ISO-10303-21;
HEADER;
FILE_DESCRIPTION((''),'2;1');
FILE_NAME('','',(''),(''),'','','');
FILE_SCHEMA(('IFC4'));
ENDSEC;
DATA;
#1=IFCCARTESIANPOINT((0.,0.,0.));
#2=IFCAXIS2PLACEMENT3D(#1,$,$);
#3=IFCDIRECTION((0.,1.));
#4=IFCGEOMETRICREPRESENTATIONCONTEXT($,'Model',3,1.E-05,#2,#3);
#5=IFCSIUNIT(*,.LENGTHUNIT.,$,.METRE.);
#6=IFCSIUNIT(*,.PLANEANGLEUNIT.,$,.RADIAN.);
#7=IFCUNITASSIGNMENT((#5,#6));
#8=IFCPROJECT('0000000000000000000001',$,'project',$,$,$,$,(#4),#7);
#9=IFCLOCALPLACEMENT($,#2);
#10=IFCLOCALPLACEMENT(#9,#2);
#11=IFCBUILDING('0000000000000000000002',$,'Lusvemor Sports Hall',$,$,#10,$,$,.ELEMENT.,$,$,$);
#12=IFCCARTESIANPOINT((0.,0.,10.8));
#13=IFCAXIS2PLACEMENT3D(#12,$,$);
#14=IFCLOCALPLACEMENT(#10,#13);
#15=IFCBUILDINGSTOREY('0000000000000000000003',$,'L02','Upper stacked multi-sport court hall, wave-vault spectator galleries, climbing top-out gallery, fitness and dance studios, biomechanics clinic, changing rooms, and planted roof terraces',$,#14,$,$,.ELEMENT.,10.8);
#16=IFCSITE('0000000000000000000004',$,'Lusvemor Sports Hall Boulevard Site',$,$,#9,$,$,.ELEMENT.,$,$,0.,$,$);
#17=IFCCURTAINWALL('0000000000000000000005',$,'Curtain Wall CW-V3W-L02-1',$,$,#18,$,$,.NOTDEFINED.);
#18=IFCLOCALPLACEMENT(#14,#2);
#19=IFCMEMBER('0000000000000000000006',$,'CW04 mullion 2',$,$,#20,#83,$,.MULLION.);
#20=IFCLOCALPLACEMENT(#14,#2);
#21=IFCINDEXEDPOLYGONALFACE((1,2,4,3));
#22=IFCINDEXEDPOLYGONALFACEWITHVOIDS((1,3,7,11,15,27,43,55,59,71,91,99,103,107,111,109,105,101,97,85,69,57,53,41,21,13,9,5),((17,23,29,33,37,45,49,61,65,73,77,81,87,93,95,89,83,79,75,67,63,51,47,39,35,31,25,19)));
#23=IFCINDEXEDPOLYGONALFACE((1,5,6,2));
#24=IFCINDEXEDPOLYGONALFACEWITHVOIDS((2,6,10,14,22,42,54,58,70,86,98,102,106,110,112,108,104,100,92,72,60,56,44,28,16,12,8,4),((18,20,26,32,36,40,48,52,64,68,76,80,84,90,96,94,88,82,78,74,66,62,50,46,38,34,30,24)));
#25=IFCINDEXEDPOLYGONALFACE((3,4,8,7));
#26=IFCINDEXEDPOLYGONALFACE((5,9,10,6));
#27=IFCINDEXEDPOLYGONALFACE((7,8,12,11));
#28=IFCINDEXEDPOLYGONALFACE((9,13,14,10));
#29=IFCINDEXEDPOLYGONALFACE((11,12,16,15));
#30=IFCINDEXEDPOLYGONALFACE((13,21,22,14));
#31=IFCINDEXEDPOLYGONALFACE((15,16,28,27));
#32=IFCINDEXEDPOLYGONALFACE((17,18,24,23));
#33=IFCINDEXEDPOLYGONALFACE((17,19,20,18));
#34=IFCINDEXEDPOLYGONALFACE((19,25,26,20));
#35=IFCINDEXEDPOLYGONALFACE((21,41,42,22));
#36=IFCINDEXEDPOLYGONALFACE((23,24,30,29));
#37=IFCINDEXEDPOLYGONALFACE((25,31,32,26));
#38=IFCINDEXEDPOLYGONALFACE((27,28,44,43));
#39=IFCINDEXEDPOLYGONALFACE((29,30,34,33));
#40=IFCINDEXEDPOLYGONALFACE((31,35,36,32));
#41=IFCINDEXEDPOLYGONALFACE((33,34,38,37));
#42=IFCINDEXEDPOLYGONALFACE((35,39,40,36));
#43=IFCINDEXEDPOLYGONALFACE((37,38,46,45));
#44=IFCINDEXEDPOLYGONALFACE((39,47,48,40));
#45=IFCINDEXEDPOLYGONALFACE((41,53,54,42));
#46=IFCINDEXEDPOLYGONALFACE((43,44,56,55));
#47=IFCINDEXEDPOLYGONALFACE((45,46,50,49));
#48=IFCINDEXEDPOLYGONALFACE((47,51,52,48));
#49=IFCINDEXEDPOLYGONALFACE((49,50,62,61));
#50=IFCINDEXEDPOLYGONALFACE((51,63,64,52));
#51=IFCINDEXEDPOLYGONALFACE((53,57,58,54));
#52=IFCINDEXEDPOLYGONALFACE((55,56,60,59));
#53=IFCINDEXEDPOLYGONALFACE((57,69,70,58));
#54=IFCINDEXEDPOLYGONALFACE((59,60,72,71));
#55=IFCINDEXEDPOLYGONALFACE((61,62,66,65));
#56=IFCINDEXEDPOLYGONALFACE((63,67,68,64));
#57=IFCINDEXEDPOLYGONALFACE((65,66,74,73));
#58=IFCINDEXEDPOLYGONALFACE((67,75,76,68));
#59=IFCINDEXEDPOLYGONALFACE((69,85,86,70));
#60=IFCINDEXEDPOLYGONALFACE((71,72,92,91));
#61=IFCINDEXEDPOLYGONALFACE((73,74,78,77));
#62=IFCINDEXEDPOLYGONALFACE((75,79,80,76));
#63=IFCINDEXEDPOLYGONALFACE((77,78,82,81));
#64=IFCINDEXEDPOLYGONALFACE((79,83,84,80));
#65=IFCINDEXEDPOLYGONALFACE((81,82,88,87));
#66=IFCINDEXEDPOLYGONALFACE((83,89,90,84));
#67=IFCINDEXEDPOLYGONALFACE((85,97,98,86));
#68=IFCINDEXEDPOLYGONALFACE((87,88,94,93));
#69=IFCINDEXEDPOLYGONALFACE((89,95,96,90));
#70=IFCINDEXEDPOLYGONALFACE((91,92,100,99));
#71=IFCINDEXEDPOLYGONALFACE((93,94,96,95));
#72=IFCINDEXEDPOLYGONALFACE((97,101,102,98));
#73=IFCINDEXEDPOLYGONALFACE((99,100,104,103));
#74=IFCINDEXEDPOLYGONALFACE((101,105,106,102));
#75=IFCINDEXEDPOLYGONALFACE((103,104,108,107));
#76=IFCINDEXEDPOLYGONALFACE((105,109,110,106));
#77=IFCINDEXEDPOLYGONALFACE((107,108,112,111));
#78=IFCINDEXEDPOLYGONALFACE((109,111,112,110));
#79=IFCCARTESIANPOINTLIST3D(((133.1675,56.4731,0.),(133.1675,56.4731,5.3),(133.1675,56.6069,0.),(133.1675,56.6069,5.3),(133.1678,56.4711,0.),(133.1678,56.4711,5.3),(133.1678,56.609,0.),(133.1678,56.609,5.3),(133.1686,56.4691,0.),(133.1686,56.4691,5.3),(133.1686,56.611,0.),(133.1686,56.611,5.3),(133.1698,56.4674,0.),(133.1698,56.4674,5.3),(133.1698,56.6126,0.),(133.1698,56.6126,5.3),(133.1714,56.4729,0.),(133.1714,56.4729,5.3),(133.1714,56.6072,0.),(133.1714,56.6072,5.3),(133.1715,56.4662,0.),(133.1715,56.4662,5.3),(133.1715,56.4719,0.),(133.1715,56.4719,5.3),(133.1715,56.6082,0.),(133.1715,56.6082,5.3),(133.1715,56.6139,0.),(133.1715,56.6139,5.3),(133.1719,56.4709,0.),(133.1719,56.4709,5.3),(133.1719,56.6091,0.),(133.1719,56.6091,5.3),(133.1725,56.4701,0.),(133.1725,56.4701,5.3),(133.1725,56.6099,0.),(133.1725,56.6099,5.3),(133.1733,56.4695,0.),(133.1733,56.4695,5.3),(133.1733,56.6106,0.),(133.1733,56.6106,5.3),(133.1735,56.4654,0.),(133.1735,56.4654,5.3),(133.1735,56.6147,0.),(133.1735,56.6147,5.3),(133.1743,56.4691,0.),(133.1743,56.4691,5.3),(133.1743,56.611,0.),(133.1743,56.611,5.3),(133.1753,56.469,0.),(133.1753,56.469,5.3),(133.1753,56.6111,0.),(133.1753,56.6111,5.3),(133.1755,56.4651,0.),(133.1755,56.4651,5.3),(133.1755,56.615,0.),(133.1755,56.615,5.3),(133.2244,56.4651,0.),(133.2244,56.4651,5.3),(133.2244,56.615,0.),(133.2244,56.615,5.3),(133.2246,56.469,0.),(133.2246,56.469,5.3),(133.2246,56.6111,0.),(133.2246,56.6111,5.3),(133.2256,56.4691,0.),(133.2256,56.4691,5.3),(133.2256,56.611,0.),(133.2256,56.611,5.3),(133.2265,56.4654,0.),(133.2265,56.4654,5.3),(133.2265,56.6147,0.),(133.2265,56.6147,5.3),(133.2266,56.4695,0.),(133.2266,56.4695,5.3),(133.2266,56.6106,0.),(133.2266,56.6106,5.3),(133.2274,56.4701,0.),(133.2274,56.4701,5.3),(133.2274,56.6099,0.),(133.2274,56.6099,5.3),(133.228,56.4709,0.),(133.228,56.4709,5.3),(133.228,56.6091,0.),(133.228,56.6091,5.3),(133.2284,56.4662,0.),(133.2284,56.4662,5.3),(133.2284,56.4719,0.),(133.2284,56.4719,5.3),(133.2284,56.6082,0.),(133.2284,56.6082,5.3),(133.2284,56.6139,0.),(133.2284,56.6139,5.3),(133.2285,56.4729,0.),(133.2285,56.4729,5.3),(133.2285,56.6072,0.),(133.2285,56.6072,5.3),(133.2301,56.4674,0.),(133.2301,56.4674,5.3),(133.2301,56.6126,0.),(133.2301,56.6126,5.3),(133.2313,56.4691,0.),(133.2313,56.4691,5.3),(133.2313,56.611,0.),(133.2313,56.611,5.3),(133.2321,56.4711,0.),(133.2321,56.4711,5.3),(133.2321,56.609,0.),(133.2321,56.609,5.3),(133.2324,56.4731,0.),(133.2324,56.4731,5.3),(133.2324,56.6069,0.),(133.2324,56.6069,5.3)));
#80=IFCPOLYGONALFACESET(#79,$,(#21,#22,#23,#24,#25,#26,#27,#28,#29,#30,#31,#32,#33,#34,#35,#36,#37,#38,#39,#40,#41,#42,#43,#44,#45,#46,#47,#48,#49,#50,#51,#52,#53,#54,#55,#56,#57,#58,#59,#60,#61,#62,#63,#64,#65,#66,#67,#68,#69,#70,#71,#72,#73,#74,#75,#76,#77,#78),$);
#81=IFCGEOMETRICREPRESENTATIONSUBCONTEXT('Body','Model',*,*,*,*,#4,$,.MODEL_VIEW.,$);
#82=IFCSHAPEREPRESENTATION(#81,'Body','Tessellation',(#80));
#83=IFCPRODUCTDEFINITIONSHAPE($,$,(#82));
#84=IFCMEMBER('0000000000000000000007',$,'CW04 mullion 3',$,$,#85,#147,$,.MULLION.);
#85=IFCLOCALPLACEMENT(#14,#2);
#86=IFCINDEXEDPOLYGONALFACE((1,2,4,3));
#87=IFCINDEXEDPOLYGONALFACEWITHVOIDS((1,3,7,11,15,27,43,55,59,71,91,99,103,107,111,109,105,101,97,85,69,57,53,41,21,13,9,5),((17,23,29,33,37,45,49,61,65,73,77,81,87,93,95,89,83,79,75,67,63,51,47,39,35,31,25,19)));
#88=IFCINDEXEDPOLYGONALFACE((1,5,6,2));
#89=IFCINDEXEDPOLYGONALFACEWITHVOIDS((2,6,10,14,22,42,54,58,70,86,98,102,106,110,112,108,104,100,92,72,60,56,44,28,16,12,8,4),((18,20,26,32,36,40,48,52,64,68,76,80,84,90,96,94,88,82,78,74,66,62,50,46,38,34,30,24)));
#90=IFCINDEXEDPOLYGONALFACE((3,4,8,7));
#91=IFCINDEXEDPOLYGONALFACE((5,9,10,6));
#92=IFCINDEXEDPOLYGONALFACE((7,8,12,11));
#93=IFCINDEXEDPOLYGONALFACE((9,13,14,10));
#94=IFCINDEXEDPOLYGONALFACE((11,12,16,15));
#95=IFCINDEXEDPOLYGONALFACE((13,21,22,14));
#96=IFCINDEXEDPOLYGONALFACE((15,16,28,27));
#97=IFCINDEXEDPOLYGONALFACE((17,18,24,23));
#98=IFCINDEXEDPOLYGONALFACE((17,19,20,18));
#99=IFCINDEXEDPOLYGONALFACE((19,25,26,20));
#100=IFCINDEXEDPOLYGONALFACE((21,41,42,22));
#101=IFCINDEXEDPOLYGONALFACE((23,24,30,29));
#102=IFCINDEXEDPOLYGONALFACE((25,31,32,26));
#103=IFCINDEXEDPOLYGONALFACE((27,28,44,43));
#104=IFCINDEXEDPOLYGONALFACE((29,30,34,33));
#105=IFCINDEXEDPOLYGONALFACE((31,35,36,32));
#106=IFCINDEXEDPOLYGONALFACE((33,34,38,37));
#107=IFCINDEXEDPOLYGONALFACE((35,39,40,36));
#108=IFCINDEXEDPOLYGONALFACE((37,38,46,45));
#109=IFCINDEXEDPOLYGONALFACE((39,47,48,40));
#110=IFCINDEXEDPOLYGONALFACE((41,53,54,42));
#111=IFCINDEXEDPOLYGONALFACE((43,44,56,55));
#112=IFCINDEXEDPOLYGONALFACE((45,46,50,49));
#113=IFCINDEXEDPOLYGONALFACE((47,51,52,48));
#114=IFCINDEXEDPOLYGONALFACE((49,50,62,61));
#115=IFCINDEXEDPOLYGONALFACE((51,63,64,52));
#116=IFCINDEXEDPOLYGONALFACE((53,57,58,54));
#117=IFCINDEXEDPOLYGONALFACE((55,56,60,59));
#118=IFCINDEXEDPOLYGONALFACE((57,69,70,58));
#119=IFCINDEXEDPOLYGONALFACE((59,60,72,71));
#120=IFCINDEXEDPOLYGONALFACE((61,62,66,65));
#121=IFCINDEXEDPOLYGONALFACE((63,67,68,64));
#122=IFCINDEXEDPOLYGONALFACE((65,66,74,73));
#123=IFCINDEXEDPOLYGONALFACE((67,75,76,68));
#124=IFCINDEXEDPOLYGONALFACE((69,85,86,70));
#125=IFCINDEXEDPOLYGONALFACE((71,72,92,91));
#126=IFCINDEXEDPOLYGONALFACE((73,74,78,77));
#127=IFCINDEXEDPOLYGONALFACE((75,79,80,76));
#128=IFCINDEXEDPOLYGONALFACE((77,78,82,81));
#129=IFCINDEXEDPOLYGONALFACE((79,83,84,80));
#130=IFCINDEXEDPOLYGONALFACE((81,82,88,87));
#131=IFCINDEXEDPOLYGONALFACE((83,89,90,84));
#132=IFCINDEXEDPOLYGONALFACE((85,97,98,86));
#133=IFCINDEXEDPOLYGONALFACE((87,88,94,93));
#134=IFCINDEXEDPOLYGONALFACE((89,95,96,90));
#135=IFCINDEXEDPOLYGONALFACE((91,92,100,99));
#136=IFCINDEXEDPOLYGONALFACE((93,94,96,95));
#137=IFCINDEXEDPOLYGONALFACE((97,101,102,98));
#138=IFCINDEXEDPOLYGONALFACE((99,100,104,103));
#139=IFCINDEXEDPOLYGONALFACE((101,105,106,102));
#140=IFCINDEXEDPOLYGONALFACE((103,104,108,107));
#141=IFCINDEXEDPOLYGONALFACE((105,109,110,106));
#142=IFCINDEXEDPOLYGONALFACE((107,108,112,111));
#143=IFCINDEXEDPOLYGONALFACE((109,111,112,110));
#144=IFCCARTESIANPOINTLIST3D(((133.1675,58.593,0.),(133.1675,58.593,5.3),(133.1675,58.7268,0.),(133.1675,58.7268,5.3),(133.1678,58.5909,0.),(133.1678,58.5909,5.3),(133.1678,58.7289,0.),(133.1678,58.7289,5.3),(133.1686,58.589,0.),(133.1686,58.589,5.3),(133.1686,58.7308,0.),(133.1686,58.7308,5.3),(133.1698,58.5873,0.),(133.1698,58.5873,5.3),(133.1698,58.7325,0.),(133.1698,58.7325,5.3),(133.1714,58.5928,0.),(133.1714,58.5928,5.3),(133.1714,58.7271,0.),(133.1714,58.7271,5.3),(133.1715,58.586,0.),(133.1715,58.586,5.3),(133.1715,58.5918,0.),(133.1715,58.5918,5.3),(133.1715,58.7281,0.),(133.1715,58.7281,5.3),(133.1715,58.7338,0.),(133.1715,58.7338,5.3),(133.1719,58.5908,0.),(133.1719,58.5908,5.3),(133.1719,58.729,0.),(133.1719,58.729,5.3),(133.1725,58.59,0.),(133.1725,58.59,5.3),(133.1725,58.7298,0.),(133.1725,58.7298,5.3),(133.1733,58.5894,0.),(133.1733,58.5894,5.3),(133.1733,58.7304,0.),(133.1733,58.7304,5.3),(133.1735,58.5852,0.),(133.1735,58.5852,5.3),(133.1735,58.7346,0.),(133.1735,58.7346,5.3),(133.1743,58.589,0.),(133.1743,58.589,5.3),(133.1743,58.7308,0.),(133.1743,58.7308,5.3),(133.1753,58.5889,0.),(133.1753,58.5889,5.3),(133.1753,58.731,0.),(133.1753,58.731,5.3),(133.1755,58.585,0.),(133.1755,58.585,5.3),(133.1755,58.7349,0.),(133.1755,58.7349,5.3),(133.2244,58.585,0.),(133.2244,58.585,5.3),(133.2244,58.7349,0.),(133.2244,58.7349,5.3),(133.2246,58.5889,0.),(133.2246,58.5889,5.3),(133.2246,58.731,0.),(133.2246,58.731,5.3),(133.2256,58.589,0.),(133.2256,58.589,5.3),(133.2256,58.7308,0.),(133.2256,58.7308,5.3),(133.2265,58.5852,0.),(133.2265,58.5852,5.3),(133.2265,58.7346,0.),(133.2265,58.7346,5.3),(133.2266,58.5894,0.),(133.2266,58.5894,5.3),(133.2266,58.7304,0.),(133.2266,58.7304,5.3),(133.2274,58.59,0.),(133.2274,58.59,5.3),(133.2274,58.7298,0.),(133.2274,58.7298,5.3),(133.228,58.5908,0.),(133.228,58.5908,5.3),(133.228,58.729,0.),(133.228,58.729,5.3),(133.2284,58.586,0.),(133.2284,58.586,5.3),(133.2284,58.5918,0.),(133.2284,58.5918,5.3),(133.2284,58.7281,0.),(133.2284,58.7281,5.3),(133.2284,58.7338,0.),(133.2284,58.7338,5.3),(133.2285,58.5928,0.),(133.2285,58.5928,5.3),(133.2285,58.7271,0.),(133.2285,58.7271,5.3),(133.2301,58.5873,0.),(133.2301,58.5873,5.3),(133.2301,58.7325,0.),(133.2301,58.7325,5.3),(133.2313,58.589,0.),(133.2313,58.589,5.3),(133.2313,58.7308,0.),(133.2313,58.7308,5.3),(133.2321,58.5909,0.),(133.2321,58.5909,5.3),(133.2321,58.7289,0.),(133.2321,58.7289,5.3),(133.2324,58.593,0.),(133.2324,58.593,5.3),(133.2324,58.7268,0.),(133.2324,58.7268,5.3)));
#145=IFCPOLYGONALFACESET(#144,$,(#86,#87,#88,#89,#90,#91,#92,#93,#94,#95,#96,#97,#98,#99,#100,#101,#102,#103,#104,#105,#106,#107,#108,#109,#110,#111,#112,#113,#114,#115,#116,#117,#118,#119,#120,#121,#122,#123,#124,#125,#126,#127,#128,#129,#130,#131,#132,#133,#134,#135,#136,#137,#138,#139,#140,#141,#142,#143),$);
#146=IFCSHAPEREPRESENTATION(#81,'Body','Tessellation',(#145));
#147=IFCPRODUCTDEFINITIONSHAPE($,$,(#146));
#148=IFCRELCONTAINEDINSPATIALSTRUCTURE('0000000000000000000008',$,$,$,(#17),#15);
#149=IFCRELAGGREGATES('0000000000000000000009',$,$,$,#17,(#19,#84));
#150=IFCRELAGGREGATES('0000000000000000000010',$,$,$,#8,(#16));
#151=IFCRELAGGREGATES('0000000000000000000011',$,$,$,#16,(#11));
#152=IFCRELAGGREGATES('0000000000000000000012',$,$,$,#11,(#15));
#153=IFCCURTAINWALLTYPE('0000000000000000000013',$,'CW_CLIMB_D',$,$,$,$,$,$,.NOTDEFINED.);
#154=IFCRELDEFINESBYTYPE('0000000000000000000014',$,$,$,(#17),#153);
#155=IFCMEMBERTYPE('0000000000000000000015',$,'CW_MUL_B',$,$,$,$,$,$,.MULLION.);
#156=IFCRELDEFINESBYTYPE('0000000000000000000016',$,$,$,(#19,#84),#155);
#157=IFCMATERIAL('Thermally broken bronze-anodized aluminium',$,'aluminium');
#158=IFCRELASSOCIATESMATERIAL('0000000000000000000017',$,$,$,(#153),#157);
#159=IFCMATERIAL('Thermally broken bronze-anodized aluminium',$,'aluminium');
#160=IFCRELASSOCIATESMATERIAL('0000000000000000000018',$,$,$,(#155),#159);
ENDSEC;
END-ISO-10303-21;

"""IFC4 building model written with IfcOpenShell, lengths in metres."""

from ifc_helpers import new_model, si_unit, direction, frame, origin, origin_2d, place, context, subcontext, project, spatial, hollow_rectangle, extrude, material, material_profile, profile_set, type_object, element, aggregate, save


model = new_model("IFC4")

# Units and contexts
model_context = context("Model", 3, precision=1e-05, world=origin(), true_north=direction((0.0, 1.0)))
body_context = subcontext(model_context, "Body", "Model", "MODEL_VIEW")
ifc_project = project(units=[si_unit("LENGTHUNIT", "METRE"), si_unit("PLANEANGLEUNIT", "RADIAN")], contexts=[model_context])

# Site, building, storey
site_placement = place(None, origin())
site = spatial("IfcSite", under=ifc_project, at=site_placement, Name="Lusvemor Sports Hall Boulevard Site", CompositionType="ELEMENT", RefElevation=0.0)
building_placement = place(site_placement, origin())
building = spatial("IfcBuilding", under=site, at=building_placement, Name="Lusvemor Sports Hall", CompositionType="ELEMENT")
storey_placement = place(building_placement, frame((0.0, 0.0, 10.8)))
storey = spatial("IfcBuildingStorey", under=building, at=storey_placement, Name="L02", Description="Upper stacked multi-sport court hall, wave-vault spectator galleries, climbing top-out gallery, fitness and dance studios, biomechanics clinic, changing rooms, and planted roof terraces", CompositionType="ELEMENT", Elevation=10.8)

# Curtain wall, members
ifc_material_1 = material(Name="Thermally broken bronze-anodized aluminium", Category="aluminium")
curtain_wall_type = type_object("IfcCurtainWallType", Name="CW_CLIMB_D", PredefinedType="NOTDEFINED", material=ifc_material_1)
curtain_wall_placement = place(storey_placement, origin())
curtain_wall = element("IfcCurtainWall", 1, at=curtain_wall_placement, inside=storey, type_object=curtain_wall_type, Name="Curtain Wall CW-V3W-L02-1", PredefinedType="NOTDEFINED")
ifc_material_2 = material(Name="Thermally broken bronze-anodized aluminium", Category="aluminium")
ifc_material_profile_1 = material_profile(ifc_material_2, hollow_rectangle(XDim=0.0649, YDim=0.1499, WallThickness=0.0039, InnerFilletRadius=0.0039, OuterFilletRadius=0.0081, at=origin_2d()), Name="CWMUL150x65x4")
ifc_profile_set_1 = profile_set([ifc_material_profile_1], Name="Thermally broken bronze-anodized aluminium")
member_type_1 = type_object("IfcMemberType", Name="CW_MUL_B", PredefinedType="MULLION", material=ifc_profile_set_1)
member_1_placement = place(storey_placement, frame((133.2, 56.54, 0.0), z_axis=(0.0, 0.0, 1.0), x_axis=(-1.0, 0.0, 0.0)))
member_1 = element("IfcMember", 2, at=member_1_placement, type_object=member_type_1, Name="CW04 mullion 2", PredefinedType="MULLION", context=body_context, shape_type="SweptSolid", body=[
    extrude(hollow_rectangle(XDim=0.0649, YDim=0.1499, WallThickness=0.0039, InnerFilletRadius=0.0039, OuterFilletRadius=0.0081, at=origin_2d()), origin(), (0.0, 0.0, 1.0), 5.3),
])
member_2_placement = place(storey_placement, frame((133.2, 58.6599, 0.0), z_axis=(0.0, 0.0, 1.0), x_axis=(-1.0, 0.0, 0.0)))
member_2 = element("IfcMember", 3, at=member_2_placement, type_object=member_type_1, Name="CW04 mullion 3", PredefinedType="MULLION", context=body_context, shape_type="SweptSolid", body=[
    extrude(hollow_rectangle(XDim=0.0649, YDim=0.1499, WallThickness=0.0039, InnerFilletRadius=0.0039, OuterFilletRadius=0.0081, at=origin_2d()), origin(), (0.0, 0.0, 1.0), 5.3),
])
aggregate(curtain_wall, [member_1, member_2])

save(model, "model.ifc")
